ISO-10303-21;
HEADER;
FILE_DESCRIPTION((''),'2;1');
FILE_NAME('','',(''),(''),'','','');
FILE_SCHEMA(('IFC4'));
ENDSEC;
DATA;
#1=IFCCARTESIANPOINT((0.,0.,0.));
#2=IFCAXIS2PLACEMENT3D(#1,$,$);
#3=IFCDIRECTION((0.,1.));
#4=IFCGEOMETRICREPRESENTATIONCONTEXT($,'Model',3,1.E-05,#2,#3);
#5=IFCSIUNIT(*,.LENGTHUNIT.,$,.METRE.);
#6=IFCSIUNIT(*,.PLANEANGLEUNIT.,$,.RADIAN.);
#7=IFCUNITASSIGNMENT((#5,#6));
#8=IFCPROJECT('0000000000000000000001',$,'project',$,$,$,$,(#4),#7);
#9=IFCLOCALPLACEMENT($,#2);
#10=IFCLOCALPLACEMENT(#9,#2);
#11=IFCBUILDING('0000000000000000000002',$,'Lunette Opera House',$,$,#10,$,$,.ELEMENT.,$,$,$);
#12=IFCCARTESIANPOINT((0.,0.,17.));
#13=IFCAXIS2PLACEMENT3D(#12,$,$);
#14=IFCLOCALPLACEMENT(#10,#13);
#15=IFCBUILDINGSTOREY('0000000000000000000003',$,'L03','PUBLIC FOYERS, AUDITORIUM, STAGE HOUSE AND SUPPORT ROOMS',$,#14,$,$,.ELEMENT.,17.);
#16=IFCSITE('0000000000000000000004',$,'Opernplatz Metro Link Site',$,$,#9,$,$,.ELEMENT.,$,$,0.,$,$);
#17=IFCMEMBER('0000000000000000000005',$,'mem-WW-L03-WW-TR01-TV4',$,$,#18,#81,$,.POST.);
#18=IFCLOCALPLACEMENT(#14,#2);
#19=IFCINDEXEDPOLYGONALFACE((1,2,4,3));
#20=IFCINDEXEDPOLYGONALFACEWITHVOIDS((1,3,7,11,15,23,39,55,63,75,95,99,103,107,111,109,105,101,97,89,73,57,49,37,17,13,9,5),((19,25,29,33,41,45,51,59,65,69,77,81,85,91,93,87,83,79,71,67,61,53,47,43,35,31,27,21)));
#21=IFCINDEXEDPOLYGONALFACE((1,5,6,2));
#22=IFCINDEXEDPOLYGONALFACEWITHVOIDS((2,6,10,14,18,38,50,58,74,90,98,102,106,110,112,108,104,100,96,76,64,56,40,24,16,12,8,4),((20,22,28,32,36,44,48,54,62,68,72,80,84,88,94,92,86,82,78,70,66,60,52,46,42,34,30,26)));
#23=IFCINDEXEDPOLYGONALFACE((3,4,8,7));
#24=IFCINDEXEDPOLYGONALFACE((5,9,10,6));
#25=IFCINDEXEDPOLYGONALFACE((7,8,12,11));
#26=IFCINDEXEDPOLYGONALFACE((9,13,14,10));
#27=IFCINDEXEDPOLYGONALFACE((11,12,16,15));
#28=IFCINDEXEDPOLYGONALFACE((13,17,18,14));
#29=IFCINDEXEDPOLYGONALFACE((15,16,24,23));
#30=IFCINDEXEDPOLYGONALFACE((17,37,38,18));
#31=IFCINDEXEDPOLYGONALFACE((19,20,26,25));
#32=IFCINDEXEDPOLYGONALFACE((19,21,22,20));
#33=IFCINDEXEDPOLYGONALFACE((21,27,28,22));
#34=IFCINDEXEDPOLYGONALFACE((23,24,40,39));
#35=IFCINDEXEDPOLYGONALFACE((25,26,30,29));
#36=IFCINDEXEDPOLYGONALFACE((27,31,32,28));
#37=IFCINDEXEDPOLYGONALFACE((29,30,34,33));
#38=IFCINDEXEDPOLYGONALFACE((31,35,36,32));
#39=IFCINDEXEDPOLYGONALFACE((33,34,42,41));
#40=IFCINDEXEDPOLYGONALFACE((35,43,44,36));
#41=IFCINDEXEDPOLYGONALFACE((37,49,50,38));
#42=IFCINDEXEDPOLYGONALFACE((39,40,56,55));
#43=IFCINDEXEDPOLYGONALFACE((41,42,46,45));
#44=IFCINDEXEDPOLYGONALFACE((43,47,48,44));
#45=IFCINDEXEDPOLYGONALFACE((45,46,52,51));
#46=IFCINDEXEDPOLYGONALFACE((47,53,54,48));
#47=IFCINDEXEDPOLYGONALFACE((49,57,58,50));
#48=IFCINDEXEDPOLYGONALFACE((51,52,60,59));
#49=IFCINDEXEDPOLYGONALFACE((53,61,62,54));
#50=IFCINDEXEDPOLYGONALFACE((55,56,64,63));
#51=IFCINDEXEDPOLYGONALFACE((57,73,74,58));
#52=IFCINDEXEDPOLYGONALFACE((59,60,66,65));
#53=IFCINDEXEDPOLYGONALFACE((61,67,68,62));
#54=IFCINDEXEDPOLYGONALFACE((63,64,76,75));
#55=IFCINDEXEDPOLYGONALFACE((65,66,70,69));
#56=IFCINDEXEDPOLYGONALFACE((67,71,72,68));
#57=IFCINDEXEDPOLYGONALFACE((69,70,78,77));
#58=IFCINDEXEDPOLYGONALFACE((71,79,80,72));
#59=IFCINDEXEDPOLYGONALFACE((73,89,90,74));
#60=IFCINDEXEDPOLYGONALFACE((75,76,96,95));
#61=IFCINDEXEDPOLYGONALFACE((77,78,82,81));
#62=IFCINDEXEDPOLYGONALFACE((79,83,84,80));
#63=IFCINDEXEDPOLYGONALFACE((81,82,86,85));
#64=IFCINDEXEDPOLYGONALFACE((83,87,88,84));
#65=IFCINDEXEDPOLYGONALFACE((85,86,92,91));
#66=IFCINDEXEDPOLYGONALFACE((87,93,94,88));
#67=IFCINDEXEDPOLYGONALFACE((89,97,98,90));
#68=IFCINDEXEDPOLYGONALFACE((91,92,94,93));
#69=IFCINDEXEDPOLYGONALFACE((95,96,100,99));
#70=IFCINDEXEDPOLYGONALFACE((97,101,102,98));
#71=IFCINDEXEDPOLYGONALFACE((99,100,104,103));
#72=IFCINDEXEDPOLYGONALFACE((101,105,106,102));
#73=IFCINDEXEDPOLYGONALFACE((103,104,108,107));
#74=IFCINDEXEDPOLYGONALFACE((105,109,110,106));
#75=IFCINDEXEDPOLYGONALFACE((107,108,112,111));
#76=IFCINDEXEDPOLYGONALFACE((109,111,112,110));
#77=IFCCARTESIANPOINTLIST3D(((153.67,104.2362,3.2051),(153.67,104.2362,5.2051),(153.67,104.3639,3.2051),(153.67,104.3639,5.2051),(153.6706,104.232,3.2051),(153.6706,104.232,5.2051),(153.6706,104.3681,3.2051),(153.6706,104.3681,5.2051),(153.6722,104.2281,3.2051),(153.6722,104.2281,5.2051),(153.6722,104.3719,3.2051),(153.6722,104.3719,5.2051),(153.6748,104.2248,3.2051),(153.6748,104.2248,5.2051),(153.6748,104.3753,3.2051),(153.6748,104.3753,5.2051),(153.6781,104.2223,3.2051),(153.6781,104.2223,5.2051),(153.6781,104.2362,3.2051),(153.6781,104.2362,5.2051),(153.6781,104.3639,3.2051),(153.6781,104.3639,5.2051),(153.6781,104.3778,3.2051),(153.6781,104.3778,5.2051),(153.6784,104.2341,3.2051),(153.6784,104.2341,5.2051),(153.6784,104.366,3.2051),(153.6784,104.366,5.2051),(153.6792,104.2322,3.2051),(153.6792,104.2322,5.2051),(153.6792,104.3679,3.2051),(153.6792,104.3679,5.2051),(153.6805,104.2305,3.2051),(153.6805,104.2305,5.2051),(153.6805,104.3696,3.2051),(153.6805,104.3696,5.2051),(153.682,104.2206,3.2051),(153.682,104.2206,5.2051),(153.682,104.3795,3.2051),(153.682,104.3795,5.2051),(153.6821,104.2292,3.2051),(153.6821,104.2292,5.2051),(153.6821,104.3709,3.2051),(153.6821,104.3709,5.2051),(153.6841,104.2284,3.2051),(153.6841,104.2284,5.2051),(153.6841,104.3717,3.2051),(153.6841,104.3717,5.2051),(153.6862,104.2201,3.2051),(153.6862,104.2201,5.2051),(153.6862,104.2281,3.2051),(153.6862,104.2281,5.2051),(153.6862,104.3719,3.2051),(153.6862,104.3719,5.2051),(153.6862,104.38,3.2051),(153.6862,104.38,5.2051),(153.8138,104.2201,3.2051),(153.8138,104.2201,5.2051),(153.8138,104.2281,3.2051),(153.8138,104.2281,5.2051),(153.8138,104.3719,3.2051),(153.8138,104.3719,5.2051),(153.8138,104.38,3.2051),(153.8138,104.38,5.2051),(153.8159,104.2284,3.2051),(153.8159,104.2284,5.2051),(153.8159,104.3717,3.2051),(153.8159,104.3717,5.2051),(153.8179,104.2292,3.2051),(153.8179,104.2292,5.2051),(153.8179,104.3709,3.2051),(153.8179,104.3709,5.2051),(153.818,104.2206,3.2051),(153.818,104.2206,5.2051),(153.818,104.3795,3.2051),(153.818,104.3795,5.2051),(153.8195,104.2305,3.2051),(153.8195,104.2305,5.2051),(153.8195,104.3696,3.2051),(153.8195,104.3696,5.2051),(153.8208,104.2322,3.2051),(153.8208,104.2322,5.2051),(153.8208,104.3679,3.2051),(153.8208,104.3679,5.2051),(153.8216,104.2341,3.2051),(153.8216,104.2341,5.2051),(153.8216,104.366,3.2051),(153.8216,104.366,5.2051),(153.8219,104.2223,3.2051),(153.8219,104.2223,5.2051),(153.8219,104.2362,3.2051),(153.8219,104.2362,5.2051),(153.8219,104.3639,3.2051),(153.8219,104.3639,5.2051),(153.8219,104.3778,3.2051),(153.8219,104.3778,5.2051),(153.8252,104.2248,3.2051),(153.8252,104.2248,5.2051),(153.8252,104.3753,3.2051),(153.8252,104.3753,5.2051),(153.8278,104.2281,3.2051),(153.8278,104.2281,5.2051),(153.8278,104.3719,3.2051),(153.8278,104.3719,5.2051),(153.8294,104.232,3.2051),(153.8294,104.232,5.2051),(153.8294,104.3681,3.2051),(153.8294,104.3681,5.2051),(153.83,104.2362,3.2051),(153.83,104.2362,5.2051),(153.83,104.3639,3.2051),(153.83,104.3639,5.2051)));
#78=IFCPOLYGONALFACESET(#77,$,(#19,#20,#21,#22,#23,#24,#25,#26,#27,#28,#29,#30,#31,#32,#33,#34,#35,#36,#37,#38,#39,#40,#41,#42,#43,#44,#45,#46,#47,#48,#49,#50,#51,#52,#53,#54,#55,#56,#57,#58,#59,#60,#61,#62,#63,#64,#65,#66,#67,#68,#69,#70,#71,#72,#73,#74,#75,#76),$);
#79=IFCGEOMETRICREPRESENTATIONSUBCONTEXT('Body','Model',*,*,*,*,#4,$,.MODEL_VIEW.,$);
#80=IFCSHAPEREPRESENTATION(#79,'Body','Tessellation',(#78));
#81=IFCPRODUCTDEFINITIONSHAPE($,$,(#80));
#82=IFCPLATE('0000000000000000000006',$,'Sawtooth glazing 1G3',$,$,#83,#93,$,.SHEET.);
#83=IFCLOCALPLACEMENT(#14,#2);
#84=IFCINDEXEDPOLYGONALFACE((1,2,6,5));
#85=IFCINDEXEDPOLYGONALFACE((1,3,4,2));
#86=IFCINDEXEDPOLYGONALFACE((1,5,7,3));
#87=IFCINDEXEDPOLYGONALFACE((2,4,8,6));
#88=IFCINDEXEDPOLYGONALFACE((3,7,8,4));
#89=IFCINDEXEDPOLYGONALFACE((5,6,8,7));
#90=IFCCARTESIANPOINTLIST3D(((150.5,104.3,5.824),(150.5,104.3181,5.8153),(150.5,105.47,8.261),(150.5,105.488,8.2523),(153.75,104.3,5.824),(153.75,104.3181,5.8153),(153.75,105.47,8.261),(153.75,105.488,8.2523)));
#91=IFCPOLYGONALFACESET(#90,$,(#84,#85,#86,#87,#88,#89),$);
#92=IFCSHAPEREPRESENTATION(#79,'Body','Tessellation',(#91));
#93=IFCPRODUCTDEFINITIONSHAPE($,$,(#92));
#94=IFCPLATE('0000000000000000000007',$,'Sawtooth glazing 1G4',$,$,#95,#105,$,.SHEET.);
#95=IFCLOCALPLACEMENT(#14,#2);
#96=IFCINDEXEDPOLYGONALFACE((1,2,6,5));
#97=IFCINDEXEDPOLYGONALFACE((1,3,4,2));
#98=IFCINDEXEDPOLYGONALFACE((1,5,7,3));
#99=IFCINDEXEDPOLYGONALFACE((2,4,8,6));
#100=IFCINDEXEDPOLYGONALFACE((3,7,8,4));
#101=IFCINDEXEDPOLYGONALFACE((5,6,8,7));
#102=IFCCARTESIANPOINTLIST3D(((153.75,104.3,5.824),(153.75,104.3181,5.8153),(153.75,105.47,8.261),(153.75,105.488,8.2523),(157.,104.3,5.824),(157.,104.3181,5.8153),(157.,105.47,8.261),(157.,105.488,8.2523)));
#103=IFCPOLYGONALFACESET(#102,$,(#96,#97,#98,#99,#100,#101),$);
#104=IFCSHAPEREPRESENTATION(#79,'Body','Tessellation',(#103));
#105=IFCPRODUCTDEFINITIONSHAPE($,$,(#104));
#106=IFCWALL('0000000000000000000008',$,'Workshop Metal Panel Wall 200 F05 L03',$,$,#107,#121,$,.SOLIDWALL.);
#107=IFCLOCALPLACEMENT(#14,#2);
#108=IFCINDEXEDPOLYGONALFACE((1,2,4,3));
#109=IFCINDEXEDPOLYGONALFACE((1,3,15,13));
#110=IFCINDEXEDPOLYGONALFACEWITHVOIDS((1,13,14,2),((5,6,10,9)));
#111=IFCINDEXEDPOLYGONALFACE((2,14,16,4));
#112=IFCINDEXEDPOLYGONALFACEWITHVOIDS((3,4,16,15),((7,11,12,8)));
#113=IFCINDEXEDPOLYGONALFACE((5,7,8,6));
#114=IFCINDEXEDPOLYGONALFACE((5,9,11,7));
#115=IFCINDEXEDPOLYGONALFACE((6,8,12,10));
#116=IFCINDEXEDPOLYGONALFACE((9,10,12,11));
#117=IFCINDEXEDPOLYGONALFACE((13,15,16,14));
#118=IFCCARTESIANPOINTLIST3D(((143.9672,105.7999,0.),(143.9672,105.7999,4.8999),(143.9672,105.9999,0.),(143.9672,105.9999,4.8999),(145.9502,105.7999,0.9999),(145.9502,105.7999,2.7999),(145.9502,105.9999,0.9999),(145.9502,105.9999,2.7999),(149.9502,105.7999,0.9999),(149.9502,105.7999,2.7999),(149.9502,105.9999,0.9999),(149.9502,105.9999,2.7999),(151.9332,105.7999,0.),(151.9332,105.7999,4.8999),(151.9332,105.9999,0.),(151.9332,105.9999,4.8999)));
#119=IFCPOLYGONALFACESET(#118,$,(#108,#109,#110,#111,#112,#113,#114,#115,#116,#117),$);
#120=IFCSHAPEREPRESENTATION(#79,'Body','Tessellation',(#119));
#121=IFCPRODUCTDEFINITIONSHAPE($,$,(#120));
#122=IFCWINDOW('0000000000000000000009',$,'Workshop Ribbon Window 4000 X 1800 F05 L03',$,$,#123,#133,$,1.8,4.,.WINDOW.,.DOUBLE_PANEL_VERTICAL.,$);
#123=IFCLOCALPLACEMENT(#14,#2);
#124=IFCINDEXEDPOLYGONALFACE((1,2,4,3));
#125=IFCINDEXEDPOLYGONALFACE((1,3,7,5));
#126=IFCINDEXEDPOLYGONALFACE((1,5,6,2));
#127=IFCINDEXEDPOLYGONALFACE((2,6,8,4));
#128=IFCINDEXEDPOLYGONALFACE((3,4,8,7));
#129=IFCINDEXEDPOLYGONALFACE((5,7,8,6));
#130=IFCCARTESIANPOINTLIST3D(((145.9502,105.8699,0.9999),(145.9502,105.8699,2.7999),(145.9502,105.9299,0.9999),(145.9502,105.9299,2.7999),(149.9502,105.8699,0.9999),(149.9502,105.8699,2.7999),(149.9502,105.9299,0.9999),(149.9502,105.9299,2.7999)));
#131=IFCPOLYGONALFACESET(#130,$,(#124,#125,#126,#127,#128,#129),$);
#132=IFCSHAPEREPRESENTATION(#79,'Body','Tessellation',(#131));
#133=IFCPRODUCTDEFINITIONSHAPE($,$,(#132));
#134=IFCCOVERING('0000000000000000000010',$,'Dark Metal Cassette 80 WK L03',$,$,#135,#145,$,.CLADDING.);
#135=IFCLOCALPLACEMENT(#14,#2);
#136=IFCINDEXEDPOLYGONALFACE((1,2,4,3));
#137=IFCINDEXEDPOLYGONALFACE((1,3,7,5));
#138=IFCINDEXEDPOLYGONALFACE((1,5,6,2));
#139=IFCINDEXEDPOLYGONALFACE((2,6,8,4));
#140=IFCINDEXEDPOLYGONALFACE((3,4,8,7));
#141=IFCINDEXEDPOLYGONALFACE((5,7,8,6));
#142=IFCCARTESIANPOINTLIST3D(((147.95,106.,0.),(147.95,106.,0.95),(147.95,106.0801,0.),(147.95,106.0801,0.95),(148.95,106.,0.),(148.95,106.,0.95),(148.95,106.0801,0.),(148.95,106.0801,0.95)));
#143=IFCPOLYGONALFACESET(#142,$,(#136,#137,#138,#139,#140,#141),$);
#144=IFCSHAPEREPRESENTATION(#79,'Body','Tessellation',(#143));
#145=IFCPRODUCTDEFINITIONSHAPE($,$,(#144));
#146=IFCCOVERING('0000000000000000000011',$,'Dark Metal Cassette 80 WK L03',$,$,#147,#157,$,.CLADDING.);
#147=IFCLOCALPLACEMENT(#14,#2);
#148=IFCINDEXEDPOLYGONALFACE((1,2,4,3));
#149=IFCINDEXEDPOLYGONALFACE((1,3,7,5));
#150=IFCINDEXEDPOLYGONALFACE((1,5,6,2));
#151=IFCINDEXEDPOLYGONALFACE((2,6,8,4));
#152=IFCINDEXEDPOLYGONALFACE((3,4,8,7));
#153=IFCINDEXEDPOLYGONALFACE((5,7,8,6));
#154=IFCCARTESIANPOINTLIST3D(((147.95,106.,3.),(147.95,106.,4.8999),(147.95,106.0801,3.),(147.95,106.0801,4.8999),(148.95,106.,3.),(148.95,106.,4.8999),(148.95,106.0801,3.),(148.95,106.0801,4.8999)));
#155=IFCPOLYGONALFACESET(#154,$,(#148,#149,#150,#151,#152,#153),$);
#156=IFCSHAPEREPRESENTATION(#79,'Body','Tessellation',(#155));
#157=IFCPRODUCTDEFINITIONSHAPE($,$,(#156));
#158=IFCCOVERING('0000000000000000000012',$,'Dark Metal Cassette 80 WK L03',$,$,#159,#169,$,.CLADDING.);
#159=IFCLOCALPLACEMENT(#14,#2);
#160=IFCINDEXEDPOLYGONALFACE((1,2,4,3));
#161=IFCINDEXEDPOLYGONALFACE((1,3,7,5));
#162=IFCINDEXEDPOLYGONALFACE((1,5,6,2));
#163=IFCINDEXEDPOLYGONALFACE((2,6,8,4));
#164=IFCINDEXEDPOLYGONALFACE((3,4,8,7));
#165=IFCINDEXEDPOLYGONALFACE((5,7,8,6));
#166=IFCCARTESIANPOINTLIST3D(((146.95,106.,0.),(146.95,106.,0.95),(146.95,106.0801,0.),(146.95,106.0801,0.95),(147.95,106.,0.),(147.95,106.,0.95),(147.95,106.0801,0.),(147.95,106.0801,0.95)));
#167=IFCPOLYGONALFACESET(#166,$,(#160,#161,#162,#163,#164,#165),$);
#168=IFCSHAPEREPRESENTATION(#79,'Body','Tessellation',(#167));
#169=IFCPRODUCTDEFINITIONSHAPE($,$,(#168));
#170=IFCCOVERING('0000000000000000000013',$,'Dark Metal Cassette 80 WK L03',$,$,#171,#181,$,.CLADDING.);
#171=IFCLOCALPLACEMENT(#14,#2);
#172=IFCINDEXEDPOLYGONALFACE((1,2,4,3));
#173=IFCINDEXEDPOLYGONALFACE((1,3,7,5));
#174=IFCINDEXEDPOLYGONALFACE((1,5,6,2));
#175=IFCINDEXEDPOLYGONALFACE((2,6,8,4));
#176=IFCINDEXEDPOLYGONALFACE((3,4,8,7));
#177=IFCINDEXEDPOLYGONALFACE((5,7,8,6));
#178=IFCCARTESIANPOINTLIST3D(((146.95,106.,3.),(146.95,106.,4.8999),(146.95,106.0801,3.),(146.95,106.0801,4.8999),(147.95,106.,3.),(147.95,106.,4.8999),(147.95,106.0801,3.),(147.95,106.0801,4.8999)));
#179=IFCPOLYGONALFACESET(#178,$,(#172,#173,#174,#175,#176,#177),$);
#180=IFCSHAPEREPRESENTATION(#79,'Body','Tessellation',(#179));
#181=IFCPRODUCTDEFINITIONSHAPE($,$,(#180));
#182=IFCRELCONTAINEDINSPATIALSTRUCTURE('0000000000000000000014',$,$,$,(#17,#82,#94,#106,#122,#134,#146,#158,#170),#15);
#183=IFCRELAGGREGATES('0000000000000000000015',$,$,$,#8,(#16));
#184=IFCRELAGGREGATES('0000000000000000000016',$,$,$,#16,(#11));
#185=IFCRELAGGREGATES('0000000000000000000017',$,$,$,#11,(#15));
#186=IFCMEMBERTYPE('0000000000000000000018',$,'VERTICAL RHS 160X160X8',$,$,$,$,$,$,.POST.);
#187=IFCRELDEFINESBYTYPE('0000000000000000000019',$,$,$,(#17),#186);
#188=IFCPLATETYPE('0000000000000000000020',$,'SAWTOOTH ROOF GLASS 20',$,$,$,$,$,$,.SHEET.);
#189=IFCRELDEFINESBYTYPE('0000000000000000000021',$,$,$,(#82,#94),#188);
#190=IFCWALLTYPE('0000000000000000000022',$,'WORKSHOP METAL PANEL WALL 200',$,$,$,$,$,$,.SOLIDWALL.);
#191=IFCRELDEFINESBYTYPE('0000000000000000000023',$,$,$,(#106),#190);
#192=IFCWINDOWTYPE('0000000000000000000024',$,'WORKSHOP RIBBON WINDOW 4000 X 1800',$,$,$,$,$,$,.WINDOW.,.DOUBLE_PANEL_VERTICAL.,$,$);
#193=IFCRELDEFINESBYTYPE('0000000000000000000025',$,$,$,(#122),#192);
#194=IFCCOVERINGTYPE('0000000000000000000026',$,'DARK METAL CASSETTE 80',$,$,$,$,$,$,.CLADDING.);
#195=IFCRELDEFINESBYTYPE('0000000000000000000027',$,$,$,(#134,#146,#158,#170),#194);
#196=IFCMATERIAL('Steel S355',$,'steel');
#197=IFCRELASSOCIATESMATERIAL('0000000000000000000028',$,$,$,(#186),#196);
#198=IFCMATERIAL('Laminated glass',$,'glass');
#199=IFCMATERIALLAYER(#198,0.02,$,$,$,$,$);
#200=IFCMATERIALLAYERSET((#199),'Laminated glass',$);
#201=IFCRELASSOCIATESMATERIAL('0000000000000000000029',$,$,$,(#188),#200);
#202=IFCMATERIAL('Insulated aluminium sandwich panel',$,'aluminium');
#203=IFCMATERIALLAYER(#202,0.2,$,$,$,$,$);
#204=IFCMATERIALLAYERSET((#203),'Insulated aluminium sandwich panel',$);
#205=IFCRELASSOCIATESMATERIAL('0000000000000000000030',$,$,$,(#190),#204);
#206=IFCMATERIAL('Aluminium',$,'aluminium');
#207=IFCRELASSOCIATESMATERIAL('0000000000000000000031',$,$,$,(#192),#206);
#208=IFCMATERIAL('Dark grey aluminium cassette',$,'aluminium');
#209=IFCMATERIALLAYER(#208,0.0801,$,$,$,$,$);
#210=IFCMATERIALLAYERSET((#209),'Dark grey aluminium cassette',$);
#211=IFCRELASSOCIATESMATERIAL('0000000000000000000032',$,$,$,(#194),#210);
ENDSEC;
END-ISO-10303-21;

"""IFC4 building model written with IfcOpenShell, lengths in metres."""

from ifc_helpers import new_model, si_unit, direction, frame, frame_2d, origin, origin_2d, place, context, subcontext, project, spatial, polyline, rectangle, hollow_rectangle, outline, extrude, material, layer, layer_set, material_profile, profile_set, type_object, element, fill, save


model = new_model("IFC4")

# Units and contexts
model_context = context("Model", 3, precision=1e-05, world=origin(), true_north=direction((0.0, 1.0)))
body_context = subcontext(model_context, "Body", "Model", "MODEL_VIEW")
ifc_project = project(units=[si_unit("LENGTHUNIT", "METRE"), si_unit("PLANEANGLEUNIT", "RADIAN")], contexts=[model_context])

# Site, building, storey
site_placement = place(None, origin())
site = spatial("IfcSite", under=ifc_project, at=site_placement, Name="Opernplatz Metro Link Site", CompositionType="ELEMENT", RefElevation=0.0)
building_placement = place(site_placement, origin())
building = spatial("IfcBuilding", under=site, at=building_placement, Name="Lunette Opera House", CompositionType="ELEMENT")
storey_placement = place(building_placement, frame((0.0, 0.0, 17.0)))
storey = spatial("IfcBuildingStorey", under=building, at=storey_placement, Name="L03", Description="PUBLIC FOYERS, AUDITORIUM, STAGE HOUSE AND SUPPORT ROOMS", CompositionType="ELEMENT", Elevation=17.0)

# Member
ifc_material_1 = material(Name="Steel S355", Category="steel")
ifc_material_profile_1 = material_profile(ifc_material_1, hollow_rectangle(XDim=0.1599, YDim=0.1599, WallThickness=0.0081, InnerFilletRadius=0.0081, OuterFilletRadius=0.0161, at=origin_2d()), Name="RHS 160X160X8")
ifc_profile_set_1 = profile_set([ifc_material_profile_1], Name="Steel S355")
member_type_1 = type_object("IfcMemberType", Name="VERTICAL RHS 160X160X8", PredefinedType="POST", material=ifc_profile_set_1)
for number, where, z_axis, x_axis, name in (
    (1, (153.75, 104.3, 3.2051), (0.0, 0.0, 1.0), (1.0, 0.0, 0.0), "mem-WW-L03-WW-TR01-TV4"),
):
    element("IfcMember", number, at=place(storey_placement, frame(where, z_axis=z_axis, x_axis=x_axis)), inside=storey, type_object=member_type_1, Name=name, PredefinedType="POST", context=body_context, shape_type="SweptSolid", body=[
        extrude(hollow_rectangle(XDim=0.1599, YDim=0.1599, WallThickness=0.0081, InnerFilletRadius=0.0081, OuterFilletRadius=0.0161, at=origin_2d()), origin(), (0.0, 0.0, 1.0), 2.0),
    ])

# Plates
ifc_material_2 = material(Name="Laminated glass", Category="glass")
ifc_layer_1 = layer(ifc_material_2, 0.02)
ifc_layer_set_1 = layer_set([ifc_layer_1], Name="Laminated glass")
plate_type = type_object("IfcPlateType", Name="SAWTOOTH ROOF GLASS 20", PredefinedType="SHEET", material=ifc_layer_set_1)
for number, where, z_axis, x_axis, name in (
    (2, (150.5, 104.3, 5.824), (0.0, -0.901501, 0.432778), (1.0, 0.0, 0.0), "Sawtooth glazing 1G3"),
    (3, (153.75, 104.3, 5.824), (0.0, -0.901501, 0.432778), (1.0, 0.0, 0.0), "Sawtooth glazing 1G4"),
):
    element("IfcPlate", number, at=place(storey_placement, frame(where, z_axis=z_axis, x_axis=x_axis)), inside=storey, type_object=plate_type, Name=name, PredefinedType="SHEET", context=body_context, shape_type="SweptSolid", body=[
        extrude(outline(polyline([(0.0, 0.0), (3.25, 0.0), (3.25, 2.7033), (0.0, 2.7033), (0.0, 0.0)])), origin(), (0.0, 0.0, -1.0), 0.02),
    ])

# Wall, opening, window
ifc_material_3 = material(Name="Insulated aluminium sandwich panel", Category="aluminium")
ifc_layer_2 = layer(ifc_material_3, 0.2)
ifc_layer_set_2 = layer_set([ifc_layer_2], Name="Insulated aluminium sandwich panel")
wall_type = type_object("IfcWallType", Name="WORKSHOP METAL PANEL WALL 200", PredefinedType="SOLIDWALL", material=ifc_layer_set_2)
wall_placement = place(storey_placement, frame((151.9331, 105.8999, 0.0), z_axis=(0.0, 0.0, 1.0), x_axis=(-1.0, 0.0, 0.0)))
wall = element("IfcWall", 4, at=wall_placement, inside=storey, type_object=wall_type, Name="Workshop Metal Panel Wall 200 F05 L03", PredefinedType="SOLIDWALL", context=body_context, shape_type="SweptSolid", body=[
    extrude(rectangle(XDim=7.9661, YDim=0.2, at=frame_2d((3.9829, 0.0))), origin(), (0.0, 0.0, 1.0), 4.8999),
])
opening_placement = place(wall_placement, frame((1.9829, 0.0, 1.0)))
opening = element("IfcOpeningElement", 5, at=opening_placement, cuts=wall, PredefinedType="OPENING", context=body_context, shape_type="SweptSolid", body=[
    extrude(rectangle(XDim=4.0, YDim=1.8, at=frame_2d((2.0, 0.8999))), frame((0.0, 0.1121, 0.0), z_axis=(0.0, -1.0, 0.0), x_axis=(1.0, 0.0, 0.0)), (0.0, 0.0, 1.0), 0.2239),
])
ifc_material_4 = material(Name="Aluminium", Category="aluminium")
window_type = type_object("IfcWindowType", Name="WORKSHOP RIBBON WINDOW 4000 X 1800", PartitioningType="DOUBLE_PANEL_VERTICAL", PredefinedType="WINDOW", material=ifc_material_4)
window_placement = place(opening_placement, origin())
window = element("IfcWindow", 6, at=window_placement, inside=storey, type_object=window_type, Name="Workshop Ribbon Window 4000 X 1800 F05 L03", OverallHeight=1.8, OverallWidth=4.0, PartitioningType="DOUBLE_PANEL_VERTICAL", PredefinedType="WINDOW", context=body_context, shape_type="SweptSolid", body=[
    extrude(rectangle(XDim=4.0, YDim=1.8, at=frame_2d((2.0, 0.8999))), frame((0.0, 0.03, 0.0), z_axis=(0.0, -1.0, 0.0), x_axis=(1.0, 0.0, 0.0)), (0.0, 0.0, 1.0), 0.0601),
])
fill(opening, window)

# Coverings
ifc_material_5 = material(Name="Dark grey aluminium cassette", Category="aluminium")
ifc_layer_3 = layer(ifc_material_5, 0.0801)
ifc_layer_set_3 = layer_set([ifc_layer_3], Name="Dark grey aluminium cassette")
covering_type_1 = type_object("IfcCoveringType", Name="DARK METAL CASSETTE 80", PredefinedType="CLADDING", material=ifc_layer_set_3)
covering_1_placement = place(storey_placement, frame((148.45, 106.04, 0.0), z_axis=(0.0, 0.0, 1.0), x_axis=(-1.0, 0.0, 0.0)))
element("IfcCovering", 7, at=covering_1_placement, inside=storey, type_object=covering_type_1, Name="Dark Metal Cassette 80 WK L03", PredefinedType="CLADDING", context=body_context, shape_type="SweptSolid", body=[
    extrude(rectangle(XDim=1.0, YDim=0.0801, at=origin_2d()), origin(), (0.0, 0.0, 1.0), 0.95),
])
covering_2_placement = place(storey_placement, frame((148.45, 106.04, 3.0), z_axis=(0.0, 0.0, 1.0), x_axis=(-1.0, 0.0, 0.0)))
element("IfcCovering", 8, at=covering_2_placement, inside=storey, type_object=covering_type_1, Name="Dark Metal Cassette 80 WK L03", PredefinedType="CLADDING", context=body_context, shape_type="SweptSolid", body=[
    extrude(rectangle(XDim=1.0, YDim=0.0801, at=origin_2d()), origin(), (0.0, 0.0, 1.0), 1.8999),
])
covering_3_placement = place(storey_placement, frame((147.45, 106.04, 0.0), z_axis=(0.0, 0.0, 1.0), x_axis=(-1.0, 0.0, 0.0)))
element("IfcCovering", 9, at=covering_3_placement, inside=storey, type_object=covering_type_1, Name="Dark Metal Cassette 80 WK L03", PredefinedType="CLADDING", context=body_context, shape_type="SweptSolid", body=[
    extrude(rectangle(XDim=1.0, YDim=0.0801, at=origin_2d()), origin(), (0.0, 0.0, 1.0), 0.95),
])
covering_4_placement = place(storey_placement, frame((147.45, 106.04, 3.0), z_axis=(0.0, 0.0, 1.0), x_axis=(-1.0, 0.0, 0.0)))
element("IfcCovering", 10, at=covering_4_placement, inside=storey, type_object=covering_type_1, Name="Dark Metal Cassette 80 WK L03", PredefinedType="CLADDING", context=body_context, shape_type="SweptSolid", body=[
    extrude(rectangle(XDim=1.0, YDim=0.0801, at=origin_2d()), origin(), (0.0, 0.0, 1.0), 1.8999),
])

save(model, "model.ifc")
